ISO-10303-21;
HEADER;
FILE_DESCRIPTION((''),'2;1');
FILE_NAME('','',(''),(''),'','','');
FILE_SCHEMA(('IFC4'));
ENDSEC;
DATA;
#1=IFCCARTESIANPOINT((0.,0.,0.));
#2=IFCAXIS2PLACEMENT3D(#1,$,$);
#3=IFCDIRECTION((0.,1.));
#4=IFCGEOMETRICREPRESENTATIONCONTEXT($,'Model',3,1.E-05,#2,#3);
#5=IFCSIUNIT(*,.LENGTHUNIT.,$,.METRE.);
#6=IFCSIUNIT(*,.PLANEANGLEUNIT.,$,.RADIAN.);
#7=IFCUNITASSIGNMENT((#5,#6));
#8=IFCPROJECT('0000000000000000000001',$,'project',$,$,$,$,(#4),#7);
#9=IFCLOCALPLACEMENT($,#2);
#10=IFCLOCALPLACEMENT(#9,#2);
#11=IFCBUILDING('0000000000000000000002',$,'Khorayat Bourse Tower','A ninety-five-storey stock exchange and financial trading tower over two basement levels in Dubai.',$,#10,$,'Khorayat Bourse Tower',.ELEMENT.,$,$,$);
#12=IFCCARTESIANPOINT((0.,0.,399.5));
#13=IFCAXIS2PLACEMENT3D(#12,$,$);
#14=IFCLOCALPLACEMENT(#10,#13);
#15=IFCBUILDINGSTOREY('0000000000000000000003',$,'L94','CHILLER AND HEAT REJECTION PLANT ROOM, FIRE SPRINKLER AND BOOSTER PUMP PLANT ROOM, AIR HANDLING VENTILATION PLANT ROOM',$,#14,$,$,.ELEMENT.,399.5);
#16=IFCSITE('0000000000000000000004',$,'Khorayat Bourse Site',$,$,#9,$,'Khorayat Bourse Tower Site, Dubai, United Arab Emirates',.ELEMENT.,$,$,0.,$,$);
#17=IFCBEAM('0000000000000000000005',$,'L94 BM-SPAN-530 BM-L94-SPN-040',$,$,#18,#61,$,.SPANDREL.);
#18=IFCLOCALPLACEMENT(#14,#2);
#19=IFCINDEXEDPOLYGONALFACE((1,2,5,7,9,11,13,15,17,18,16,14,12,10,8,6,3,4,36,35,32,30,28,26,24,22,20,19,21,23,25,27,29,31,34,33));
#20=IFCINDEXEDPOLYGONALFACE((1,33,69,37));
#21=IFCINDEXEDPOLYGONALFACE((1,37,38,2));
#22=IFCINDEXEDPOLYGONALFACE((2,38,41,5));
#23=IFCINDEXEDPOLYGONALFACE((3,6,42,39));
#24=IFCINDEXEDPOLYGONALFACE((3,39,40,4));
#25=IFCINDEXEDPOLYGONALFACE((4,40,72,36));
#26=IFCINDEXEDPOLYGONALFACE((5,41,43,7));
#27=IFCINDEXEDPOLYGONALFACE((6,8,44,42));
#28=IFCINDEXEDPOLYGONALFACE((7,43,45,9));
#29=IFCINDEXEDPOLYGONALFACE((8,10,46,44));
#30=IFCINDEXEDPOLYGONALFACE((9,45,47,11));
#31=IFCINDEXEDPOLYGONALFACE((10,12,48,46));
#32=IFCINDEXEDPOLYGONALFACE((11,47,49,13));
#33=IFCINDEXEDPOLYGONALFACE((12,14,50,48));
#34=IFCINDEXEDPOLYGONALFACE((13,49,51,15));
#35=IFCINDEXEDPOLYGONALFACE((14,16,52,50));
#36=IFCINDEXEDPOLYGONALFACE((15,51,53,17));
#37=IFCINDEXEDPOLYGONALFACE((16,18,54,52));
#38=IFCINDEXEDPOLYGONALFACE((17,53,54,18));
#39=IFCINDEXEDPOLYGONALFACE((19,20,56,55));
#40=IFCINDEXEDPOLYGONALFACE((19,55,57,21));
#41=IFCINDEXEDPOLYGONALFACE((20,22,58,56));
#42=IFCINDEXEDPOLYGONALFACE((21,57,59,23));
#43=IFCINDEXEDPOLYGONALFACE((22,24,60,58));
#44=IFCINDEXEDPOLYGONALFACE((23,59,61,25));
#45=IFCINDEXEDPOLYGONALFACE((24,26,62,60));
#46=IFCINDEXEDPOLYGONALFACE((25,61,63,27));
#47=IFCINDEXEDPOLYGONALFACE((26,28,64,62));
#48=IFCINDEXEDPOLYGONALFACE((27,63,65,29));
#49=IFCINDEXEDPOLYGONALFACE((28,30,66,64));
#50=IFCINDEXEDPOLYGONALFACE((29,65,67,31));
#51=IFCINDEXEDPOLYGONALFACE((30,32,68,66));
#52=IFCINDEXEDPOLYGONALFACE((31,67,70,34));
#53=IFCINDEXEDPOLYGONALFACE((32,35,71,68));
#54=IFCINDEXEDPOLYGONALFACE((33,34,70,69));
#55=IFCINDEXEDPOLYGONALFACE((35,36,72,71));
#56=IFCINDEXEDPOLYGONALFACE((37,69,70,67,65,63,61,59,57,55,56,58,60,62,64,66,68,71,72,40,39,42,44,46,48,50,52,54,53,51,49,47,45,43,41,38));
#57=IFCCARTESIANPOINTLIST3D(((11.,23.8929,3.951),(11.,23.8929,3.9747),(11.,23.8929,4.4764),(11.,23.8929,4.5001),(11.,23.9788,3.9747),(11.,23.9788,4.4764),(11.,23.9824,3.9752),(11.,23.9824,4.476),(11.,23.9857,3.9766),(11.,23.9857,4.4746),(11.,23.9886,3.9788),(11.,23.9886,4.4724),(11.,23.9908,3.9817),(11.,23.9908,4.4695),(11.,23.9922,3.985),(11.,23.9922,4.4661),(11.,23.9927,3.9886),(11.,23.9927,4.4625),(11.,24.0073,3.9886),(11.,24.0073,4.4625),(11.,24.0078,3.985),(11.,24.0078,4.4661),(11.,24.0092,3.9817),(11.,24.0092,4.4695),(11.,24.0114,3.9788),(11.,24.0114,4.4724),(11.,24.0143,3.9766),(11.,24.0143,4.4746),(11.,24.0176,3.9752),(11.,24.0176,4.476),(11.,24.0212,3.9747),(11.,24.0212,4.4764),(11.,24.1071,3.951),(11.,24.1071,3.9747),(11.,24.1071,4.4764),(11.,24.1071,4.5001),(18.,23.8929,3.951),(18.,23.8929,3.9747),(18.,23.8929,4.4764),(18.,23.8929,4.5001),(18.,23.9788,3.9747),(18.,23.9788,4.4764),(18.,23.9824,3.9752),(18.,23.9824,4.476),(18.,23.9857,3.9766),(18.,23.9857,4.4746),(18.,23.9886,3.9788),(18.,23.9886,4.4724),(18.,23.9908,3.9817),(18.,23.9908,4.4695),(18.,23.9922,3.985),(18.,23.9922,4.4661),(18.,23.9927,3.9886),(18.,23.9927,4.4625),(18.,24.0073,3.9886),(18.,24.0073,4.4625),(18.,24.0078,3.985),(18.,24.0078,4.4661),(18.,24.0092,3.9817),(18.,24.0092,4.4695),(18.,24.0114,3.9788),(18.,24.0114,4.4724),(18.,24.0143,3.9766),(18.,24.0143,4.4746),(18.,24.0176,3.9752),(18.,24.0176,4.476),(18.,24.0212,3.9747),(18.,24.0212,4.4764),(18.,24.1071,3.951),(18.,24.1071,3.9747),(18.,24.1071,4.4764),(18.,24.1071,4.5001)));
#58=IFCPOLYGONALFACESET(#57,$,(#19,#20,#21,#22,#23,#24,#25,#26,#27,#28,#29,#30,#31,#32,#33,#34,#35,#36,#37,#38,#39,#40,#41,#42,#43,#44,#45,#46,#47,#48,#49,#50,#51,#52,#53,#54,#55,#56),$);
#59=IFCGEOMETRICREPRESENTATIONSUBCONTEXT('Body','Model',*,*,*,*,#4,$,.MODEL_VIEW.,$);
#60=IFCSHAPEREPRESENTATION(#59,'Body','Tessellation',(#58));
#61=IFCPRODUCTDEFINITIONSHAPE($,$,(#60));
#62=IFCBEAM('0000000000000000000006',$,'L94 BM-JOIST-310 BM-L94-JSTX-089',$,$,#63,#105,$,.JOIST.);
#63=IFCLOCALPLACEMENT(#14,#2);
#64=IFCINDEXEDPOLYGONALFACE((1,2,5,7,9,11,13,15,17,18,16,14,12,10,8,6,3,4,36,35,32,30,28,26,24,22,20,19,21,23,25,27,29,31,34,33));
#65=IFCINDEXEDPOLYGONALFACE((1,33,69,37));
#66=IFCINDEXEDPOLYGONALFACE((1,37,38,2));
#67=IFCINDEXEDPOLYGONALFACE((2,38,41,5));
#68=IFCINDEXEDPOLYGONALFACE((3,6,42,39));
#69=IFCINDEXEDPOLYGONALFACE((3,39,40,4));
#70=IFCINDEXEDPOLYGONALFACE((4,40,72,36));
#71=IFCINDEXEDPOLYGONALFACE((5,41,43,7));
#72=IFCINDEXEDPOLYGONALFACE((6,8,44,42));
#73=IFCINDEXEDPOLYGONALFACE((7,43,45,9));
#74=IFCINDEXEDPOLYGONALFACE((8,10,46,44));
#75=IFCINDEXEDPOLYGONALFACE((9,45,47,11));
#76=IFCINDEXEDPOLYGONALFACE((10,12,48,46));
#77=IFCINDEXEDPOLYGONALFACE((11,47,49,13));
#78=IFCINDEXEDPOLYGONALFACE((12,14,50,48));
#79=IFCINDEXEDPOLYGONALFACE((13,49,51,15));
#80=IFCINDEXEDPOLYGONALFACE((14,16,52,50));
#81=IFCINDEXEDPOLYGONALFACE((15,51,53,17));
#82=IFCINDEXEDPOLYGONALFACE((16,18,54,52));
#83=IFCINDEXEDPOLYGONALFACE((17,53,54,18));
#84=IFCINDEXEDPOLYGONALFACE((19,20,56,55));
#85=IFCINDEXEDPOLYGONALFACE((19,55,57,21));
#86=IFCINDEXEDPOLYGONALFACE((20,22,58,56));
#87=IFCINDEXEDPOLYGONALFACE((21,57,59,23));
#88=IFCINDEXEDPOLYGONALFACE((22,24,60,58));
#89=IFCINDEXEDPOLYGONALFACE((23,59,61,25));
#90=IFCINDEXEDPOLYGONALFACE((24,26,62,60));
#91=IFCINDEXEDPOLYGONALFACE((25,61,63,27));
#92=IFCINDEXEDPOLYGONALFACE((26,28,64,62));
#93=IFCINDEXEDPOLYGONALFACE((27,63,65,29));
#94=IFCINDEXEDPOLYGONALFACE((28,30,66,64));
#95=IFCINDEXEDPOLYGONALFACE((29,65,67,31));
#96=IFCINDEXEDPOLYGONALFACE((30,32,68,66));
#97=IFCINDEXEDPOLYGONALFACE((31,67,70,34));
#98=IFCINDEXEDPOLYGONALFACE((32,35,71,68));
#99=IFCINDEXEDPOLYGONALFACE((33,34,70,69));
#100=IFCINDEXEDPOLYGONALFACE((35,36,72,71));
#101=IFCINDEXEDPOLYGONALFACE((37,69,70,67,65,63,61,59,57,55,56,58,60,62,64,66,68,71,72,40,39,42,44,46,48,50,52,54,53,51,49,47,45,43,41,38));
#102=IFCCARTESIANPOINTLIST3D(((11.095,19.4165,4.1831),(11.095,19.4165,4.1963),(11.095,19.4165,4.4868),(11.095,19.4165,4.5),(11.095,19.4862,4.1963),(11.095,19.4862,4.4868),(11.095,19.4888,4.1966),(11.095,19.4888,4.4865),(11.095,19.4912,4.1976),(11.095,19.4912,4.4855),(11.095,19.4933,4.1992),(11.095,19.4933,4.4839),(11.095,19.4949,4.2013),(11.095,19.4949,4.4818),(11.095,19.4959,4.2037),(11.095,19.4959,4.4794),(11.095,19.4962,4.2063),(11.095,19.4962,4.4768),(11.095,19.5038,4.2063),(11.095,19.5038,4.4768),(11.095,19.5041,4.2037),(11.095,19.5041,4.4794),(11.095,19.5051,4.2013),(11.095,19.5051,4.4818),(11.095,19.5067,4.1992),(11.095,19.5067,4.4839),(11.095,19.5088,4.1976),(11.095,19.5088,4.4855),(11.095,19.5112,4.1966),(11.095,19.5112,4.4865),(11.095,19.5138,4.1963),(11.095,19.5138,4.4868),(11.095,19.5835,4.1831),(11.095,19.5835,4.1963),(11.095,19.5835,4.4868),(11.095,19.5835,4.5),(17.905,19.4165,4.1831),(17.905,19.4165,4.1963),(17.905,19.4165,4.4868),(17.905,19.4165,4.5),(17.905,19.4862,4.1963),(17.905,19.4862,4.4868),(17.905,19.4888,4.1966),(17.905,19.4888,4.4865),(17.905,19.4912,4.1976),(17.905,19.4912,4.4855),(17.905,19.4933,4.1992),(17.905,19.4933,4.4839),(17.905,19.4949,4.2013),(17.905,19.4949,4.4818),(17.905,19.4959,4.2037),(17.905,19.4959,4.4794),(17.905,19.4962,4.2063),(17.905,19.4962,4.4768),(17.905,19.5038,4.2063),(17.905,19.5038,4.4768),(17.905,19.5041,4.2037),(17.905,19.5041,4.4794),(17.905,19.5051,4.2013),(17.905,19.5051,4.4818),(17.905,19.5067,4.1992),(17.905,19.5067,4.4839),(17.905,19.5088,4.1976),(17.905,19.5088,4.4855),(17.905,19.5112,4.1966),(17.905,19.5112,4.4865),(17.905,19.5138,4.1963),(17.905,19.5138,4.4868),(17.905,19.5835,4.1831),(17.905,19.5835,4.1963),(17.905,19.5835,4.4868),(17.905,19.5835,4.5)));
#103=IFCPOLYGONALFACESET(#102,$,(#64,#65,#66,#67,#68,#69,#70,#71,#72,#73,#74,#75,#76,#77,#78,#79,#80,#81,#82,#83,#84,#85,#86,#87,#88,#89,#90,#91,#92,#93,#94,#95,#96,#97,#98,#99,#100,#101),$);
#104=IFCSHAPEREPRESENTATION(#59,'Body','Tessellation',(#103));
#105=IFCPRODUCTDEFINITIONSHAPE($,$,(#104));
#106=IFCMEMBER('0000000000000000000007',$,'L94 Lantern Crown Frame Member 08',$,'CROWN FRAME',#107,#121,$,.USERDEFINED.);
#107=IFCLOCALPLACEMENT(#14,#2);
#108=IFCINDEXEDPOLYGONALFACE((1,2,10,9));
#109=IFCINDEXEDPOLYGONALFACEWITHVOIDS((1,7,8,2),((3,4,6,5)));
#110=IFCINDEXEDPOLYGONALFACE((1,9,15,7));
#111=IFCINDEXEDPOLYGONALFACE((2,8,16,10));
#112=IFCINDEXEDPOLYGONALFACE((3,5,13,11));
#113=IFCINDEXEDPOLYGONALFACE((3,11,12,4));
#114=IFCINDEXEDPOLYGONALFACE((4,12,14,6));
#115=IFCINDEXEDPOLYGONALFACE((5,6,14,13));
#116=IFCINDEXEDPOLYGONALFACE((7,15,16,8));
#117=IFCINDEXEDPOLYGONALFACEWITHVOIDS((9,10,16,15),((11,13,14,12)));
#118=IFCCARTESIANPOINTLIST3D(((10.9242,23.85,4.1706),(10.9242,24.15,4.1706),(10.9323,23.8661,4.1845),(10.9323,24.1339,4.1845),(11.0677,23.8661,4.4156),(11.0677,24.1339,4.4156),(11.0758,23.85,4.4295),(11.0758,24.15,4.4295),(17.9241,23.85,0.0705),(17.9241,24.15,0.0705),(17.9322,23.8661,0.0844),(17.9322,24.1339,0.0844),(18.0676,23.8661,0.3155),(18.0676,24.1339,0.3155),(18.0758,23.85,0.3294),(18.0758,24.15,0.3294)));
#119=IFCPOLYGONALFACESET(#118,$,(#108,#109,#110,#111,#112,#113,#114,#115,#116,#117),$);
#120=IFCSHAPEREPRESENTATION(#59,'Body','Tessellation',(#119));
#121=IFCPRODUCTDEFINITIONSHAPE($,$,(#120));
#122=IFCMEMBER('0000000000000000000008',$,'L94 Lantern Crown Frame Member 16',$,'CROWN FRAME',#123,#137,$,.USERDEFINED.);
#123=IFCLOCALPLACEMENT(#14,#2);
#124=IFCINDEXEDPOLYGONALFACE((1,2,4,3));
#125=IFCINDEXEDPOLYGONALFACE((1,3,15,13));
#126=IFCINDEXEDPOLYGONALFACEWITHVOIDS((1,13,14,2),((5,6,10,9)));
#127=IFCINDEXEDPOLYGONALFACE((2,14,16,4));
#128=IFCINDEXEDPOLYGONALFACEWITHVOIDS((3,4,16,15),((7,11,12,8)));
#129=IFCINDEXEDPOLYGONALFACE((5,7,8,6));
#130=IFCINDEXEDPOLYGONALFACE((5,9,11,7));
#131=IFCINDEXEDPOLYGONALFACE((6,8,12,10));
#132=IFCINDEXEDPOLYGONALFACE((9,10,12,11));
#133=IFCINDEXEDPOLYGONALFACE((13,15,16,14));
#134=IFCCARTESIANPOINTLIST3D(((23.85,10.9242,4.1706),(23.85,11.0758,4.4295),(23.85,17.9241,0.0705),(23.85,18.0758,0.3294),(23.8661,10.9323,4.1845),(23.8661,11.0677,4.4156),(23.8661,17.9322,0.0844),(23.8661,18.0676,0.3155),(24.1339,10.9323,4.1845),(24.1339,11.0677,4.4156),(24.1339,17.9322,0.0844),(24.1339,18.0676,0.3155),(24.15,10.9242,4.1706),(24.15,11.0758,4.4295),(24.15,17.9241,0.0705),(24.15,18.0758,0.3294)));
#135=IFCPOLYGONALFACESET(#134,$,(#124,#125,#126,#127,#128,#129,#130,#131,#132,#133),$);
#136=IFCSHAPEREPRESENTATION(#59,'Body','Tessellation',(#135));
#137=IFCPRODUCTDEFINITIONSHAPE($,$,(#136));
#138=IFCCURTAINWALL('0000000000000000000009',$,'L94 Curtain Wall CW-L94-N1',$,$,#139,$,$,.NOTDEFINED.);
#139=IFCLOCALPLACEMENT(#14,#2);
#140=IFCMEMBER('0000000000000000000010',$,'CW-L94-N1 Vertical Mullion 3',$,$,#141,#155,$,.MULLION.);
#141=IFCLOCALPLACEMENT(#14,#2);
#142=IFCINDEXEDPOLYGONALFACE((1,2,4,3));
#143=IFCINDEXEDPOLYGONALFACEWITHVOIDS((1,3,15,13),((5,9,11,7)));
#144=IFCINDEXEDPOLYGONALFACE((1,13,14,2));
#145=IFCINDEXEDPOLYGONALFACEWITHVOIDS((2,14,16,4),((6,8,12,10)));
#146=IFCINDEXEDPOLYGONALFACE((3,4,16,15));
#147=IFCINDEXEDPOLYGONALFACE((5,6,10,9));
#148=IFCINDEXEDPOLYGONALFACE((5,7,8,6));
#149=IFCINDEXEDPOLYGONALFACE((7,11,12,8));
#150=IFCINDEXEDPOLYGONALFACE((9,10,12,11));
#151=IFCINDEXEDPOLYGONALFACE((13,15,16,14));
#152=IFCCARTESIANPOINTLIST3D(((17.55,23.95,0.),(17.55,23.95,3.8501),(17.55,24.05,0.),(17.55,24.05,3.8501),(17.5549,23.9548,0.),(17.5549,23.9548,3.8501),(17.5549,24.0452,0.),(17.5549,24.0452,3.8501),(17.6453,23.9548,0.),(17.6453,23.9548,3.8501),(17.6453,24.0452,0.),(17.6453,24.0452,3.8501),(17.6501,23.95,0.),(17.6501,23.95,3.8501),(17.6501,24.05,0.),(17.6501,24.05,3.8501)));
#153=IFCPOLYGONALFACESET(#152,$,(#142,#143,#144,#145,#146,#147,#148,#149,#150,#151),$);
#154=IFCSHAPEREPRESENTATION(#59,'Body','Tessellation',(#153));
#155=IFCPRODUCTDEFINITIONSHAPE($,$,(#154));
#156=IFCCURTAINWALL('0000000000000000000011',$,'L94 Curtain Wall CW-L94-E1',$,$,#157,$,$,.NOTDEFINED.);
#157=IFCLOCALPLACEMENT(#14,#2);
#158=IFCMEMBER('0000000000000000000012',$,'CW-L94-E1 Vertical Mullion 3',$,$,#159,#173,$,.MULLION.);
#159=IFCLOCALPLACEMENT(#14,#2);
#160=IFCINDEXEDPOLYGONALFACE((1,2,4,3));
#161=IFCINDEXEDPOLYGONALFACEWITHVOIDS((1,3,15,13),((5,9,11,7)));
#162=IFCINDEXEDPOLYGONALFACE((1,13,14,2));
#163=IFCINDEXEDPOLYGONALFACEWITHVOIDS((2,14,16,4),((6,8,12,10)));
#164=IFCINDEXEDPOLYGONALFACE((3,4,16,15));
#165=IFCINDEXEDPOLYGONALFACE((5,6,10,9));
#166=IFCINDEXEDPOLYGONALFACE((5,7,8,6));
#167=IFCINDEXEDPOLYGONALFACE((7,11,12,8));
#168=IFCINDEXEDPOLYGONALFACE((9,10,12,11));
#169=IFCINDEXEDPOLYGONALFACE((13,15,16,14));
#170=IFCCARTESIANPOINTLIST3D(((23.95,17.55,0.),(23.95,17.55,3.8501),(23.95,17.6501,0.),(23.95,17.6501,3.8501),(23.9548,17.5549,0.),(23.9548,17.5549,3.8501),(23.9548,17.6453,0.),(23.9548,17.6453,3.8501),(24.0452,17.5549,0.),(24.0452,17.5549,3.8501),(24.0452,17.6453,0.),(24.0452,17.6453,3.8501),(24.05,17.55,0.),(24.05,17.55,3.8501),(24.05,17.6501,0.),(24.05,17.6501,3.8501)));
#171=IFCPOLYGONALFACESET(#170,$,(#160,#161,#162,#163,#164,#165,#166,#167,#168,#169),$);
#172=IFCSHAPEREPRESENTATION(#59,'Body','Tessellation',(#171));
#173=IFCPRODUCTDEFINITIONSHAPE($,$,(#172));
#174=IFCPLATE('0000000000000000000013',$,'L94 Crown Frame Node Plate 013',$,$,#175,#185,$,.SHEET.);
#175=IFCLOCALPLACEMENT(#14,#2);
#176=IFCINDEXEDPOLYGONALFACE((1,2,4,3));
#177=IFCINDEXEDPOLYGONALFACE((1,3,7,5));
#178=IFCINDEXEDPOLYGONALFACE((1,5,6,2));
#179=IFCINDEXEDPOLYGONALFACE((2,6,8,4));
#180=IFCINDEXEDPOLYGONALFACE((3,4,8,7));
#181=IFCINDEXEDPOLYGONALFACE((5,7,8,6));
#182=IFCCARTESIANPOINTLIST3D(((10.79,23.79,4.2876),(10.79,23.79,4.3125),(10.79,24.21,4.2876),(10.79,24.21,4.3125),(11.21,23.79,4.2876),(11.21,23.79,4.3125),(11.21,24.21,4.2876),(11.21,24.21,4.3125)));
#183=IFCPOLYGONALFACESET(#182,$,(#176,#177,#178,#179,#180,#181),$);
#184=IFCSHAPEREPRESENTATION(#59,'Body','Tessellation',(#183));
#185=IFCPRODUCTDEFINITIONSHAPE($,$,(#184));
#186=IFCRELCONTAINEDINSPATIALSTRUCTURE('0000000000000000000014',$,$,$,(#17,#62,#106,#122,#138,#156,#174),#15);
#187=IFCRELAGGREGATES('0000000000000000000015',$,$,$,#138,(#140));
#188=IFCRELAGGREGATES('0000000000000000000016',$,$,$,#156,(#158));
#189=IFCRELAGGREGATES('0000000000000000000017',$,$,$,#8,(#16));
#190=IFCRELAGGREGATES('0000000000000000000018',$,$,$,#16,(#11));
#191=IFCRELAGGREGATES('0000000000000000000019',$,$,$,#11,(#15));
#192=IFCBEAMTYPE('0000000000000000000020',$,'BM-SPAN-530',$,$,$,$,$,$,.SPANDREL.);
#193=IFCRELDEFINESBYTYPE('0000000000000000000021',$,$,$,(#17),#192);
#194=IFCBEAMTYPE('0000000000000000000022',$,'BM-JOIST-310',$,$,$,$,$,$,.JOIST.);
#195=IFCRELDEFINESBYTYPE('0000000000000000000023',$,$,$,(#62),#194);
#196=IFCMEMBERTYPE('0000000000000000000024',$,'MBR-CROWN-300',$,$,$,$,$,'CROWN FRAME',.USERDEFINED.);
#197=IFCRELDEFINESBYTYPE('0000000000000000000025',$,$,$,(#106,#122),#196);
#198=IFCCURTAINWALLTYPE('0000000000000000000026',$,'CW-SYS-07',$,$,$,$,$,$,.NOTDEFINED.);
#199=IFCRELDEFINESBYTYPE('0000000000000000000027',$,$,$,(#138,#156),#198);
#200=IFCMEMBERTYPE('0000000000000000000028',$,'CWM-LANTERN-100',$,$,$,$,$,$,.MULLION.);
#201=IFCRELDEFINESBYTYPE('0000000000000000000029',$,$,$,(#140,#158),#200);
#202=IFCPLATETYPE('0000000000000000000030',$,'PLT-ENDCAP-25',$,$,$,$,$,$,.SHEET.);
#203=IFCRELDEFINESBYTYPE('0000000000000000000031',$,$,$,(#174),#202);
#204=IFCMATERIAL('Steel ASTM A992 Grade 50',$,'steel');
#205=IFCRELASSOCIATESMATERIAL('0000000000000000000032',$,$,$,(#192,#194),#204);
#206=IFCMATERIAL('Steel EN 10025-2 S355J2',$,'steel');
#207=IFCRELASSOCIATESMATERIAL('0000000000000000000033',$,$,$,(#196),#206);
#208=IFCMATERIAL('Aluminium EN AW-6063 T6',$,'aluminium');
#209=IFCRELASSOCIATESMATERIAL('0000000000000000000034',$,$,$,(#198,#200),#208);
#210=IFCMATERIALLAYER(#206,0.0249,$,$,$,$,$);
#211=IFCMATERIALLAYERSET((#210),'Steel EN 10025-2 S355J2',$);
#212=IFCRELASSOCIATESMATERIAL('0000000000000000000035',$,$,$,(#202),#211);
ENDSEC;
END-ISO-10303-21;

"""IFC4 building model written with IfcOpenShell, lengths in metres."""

from ifc_helpers import new_model, si_unit, direction, frame, origin, origin_2d, place, context, subcontext, project, spatial, rectangle, hollow_rectangle, i_section, extrude, source, transform, mapped, material, layer, layer_set, material_profile, profile_set, type_object, element, aggregate, save


model = new_model("IFC4")

# Units and contexts
model_context = context("Model", 3, precision=1e-05, world=origin(), true_north=direction((0.0, 1.0)))
body_context = subcontext(model_context, "Body", "Model", "MODEL_VIEW")
ifc_project = project(units=[si_unit("LENGTHUNIT", "METRE"), si_unit("PLANEANGLEUNIT", "RADIAN")], contexts=[model_context])

# Site, building, storey
site_placement = place(None, origin())
site = spatial("IfcSite", under=ifc_project, at=site_placement, Name="Khorayat Bourse Site", LongName="Khorayat Bourse Tower Site, Dubai, United Arab Emirates", CompositionType="ELEMENT", RefElevation=0.0)
building_placement = place(site_placement, origin())
building = spatial("IfcBuilding", under=site, at=building_placement, Name="Khorayat Bourse Tower", Description="A ninety-five-storey stock exchange and financial trading tower over two basement levels in Dubai.", LongName="Khorayat Bourse Tower", CompositionType="ELEMENT")
storey_placement = place(building_placement, frame((0.0, 0.0, 399.5)))
storey = spatial("IfcBuildingStorey", under=building, at=storey_placement, Name="L94", Description="CHILLER AND HEAT REJECTION PLANT ROOM, FIRE SPRINKLER AND BOOSTER PUMP PLANT ROOM, AIR HANDLING VENTILATION PLANT ROOM", CompositionType="ELEMENT", Elevation=399.5)

# Shared definitions
ifc_material_1 = material(Name="Steel EN 10025-2 S355J2", Category="steel")

# Beams
ifc_material_2 = material(Name="Steel ASTM A992 Grade 50", Category="steel")
ifc_material_profile_1 = material_profile(ifc_material_2, i_section(OverallWidth=0.2141, OverallDepth=0.5491, WebThickness=0.0146, FlangeThickness=0.0237, FilletRadius=0.0139, at=origin_2d()), Name="W530X138")
ifc_profile_set_1 = profile_set([ifc_material_profile_1], Name="Steel ASTM A992 Grade 50")
beam_type_1 = type_object("IfcBeamType", Name="BM-SPAN-530", PredefinedType="SPANDREL", material=ifc_profile_set_1)
shared_shape_1 = source(origin(), body_context, "Body", "SweptSolid", [
    extrude(i_section(OverallWidth=0.2141, OverallDepth=0.5491, WebThickness=0.0146, FlangeThickness=0.0237, FilletRadius=0.0139, at=origin_2d()), origin(), (0.0, 0.0, 1.0), 7.0),
])
beam_1_placement = place(storey_placement, frame((11.0, 24.0, 4.2256), z_axis=(1.0, 0.0, 0.0), x_axis=(0.0, 1.0, 0.0)))
element("IfcBeam", 1, at=beam_1_placement, inside=storey, type_object=beam_type_1, Name="L94 BM-SPAN-530 BM-L94-SPN-040", PredefinedType="SPANDREL", context=body_context, shape_type="MappedRepresentation", body=[
    mapped(shared_shape_1, transform((0.0, 0.0, 0.0), scale=1.0)),
])
ifc_material_profile_2 = material_profile(ifc_material_2, i_section(OverallWidth=0.167, OverallDepth=0.3169, WebThickness=0.0076, FlangeThickness=0.0132, FilletRadius=0.01, at=origin_2d()), Name="W310X52")
ifc_profile_set_2 = profile_set([ifc_material_profile_2], Name="Steel ASTM A992 Grade 50")
beam_type_2 = type_object("IfcBeamType", Name="BM-JOIST-310", PredefinedType="JOIST", material=ifc_profile_set_2)
shared_shape_2 = source(origin(), body_context, "Body", "SweptSolid", [
    extrude(i_section(OverallWidth=0.167, OverallDepth=0.3169, WebThickness=0.0076, FlangeThickness=0.0132, FilletRadius=0.01, at=origin_2d()), origin(), (0.0, 0.0, 1.0), 6.8101),
])
beam_2_placement = place(storey_placement, frame((11.095, 19.5, 4.3416), z_axis=(1.0, 0.0, 0.0), x_axis=(0.0, 1.0, 0.0)))
element("IfcBeam", 2, at=beam_2_placement, inside=storey, type_object=beam_type_2, Name="L94 BM-JOIST-310 BM-L94-JSTX-089", PredefinedType="JOIST", context=body_context, shape_type="MappedRepresentation", body=[
    mapped(shared_shape_2, transform((0.0, 0.0, 0.0), scale=1.0)),
])

# Members
ifc_material_profile_3 = material_profile(ifc_material_1, hollow_rectangle(XDim=0.3, YDim=0.3, WallThickness=0.0161, at=origin_2d()), Name="HSS 300x300x16")
ifc_profile_set_3 = profile_set([ifc_material_profile_3], Name="Steel EN 10025-2 S355J2")
member_type_1 = type_object("IfcMemberType", Name="MBR-CROWN-300", ElementType="CROWN FRAME", PredefinedType="USERDEFINED", material=ifc_profile_set_3)
shared_shape_3 = source(origin(), body_context, "Body", "SweptSolid", [
    extrude(hollow_rectangle(XDim=0.3, YDim=0.3, WallThickness=0.0161, at=origin_2d()), origin(), (0.0, 0.0, 1.0), 8.1123),
])
for number, where, z_axis, x_axis, name in (
    (3, (11.0, 24.0, 4.3), (0.862878, 0.0, -0.505412), (0.0, 1.0, 0.0), "L94 Lantern Crown Frame Member 08"),
    (4, (24.0, 11.0, 4.3), (0.0, 0.862878, -0.505412), (-1.0, 0.0, 0.0), "L94 Lantern Crown Frame Member 16"),
):
    element("IfcMember", number, at=place(storey_placement, frame(where, z_axis=z_axis, x_axis=x_axis)), inside=storey, type_object=member_type_1, Name=name, ObjectType="CROWN FRAME", PredefinedType="USERDEFINED", context=body_context, shape_type="MappedRepresentation", body=[
        mapped(shared_shape_3, transform((0.0, 0.0, 0.0), scale=1.0)),
    ])

# Curtain walls, members
ifc_material_3 = material(Name="Aluminium EN AW-6063 T6", Category="aluminium")
curtain_wall_type = type_object("IfcCurtainWallType", Name="CW-SYS-07", PredefinedType="NOTDEFINED", material=ifc_material_3)
curtain_wall_1_placement = place(storey_placement, origin())
curtain_wall_1 = element("IfcCurtainWall", 5, at=curtain_wall_1_placement, inside=storey, type_object=curtain_wall_type, Name="L94 Curtain Wall CW-L94-N1", PredefinedType="NOTDEFINED")
ifc_material_profile_4 = material_profile(ifc_material_3, hollow_rectangle(XDim=0.1001, YDim=0.1001, WallThickness=0.0049, at=origin_2d()), Name="ALU 100x100x5")
ifc_profile_set_4 = profile_set([ifc_material_profile_4], Name="Aluminium EN AW-6063 T6")
member_type_2 = type_object("IfcMemberType", Name="CWM-LANTERN-100", PredefinedType="MULLION", material=ifc_profile_set_4)
shared_shape_4 = source(origin(), body_context, "Body", "SweptSolid", [
    extrude(hollow_rectangle(XDim=0.1001, YDim=0.1001, WallThickness=0.0049, at=origin_2d()), origin(), (0.0, 0.0, 1.0), 3.8501),
])
member_1_placement = place(storey_placement, frame((17.6001, 24.0, 0.0), z_axis=(0.0, 0.0, 1.0), x_axis=(0.0, 1.0, 0.0)))
member_1 = element("IfcMember", 6, at=member_1_placement, type_object=member_type_2, Name="CW-L94-N1 Vertical Mullion 3", PredefinedType="MULLION", context=body_context, shape_type="MappedRepresentation", body=[
    mapped(shared_shape_4, transform((0.0, 0.0, 0.0), scale=1.0)),
])
aggregate(curtain_wall_1, [member_1])
curtain_wall_2_placement = place(storey_placement, origin())
curtain_wall_2 = element("IfcCurtainWall", 7, at=curtain_wall_2_placement, inside=storey, type_object=curtain_wall_type, Name="L94 Curtain Wall CW-L94-E1", PredefinedType="NOTDEFINED")
member_2_placement = place(storey_placement, frame((24.0, 17.6001, 0.0), z_axis=(0.0, 0.0, 1.0), x_axis=(-1.0, 0.0, 0.0)))
member_2 = element("IfcMember", 8, at=member_2_placement, type_object=member_type_2, Name="CW-L94-E1 Vertical Mullion 3", PredefinedType="MULLION", context=body_context, shape_type="MappedRepresentation", body=[
    mapped(shared_shape_4, transform((0.0, 0.0, 0.0), scale=1.0)),
])
aggregate(curtain_wall_2, [member_2])

# Plate
ifc_layer_1 = layer(ifc_material_1, 0.0249)
ifc_layer_set_1 = layer_set([ifc_layer_1], Name="Steel EN 10025-2 S355J2")
plate_type = type_object("IfcPlateType", Name="PLT-ENDCAP-25", PredefinedType="SHEET", material=ifc_layer_set_1)
shared_shape_5 = source(origin(), body_context, "Body", "SweptSolid", [
    extrude(rectangle(XDim=0.4199, YDim=0.4199, at=origin_2d()), origin(), (0.0, 0.0, 1.0), 0.0249),
])
for number, where, z_axis, x_axis, name in (
    (9, (11.0, 24.0, 4.2876), (0.0, 0.0, 1.0), (1.0, 0.0, 0.0), "L94 Crown Frame Node Plate 013"),
):
    element("IfcPlate", number, at=place(storey_placement, frame(where, z_axis=z_axis, x_axis=x_axis)), inside=storey, type_object=plate_type, Name=name, PredefinedType="SHEET", context=body_context, shape_type="MappedRepresentation", body=[
        mapped(shared_shape_5, transform((0.0, 0.0, 0.0), scale=1.0)),
    ])

save(model, "model.ifc")
